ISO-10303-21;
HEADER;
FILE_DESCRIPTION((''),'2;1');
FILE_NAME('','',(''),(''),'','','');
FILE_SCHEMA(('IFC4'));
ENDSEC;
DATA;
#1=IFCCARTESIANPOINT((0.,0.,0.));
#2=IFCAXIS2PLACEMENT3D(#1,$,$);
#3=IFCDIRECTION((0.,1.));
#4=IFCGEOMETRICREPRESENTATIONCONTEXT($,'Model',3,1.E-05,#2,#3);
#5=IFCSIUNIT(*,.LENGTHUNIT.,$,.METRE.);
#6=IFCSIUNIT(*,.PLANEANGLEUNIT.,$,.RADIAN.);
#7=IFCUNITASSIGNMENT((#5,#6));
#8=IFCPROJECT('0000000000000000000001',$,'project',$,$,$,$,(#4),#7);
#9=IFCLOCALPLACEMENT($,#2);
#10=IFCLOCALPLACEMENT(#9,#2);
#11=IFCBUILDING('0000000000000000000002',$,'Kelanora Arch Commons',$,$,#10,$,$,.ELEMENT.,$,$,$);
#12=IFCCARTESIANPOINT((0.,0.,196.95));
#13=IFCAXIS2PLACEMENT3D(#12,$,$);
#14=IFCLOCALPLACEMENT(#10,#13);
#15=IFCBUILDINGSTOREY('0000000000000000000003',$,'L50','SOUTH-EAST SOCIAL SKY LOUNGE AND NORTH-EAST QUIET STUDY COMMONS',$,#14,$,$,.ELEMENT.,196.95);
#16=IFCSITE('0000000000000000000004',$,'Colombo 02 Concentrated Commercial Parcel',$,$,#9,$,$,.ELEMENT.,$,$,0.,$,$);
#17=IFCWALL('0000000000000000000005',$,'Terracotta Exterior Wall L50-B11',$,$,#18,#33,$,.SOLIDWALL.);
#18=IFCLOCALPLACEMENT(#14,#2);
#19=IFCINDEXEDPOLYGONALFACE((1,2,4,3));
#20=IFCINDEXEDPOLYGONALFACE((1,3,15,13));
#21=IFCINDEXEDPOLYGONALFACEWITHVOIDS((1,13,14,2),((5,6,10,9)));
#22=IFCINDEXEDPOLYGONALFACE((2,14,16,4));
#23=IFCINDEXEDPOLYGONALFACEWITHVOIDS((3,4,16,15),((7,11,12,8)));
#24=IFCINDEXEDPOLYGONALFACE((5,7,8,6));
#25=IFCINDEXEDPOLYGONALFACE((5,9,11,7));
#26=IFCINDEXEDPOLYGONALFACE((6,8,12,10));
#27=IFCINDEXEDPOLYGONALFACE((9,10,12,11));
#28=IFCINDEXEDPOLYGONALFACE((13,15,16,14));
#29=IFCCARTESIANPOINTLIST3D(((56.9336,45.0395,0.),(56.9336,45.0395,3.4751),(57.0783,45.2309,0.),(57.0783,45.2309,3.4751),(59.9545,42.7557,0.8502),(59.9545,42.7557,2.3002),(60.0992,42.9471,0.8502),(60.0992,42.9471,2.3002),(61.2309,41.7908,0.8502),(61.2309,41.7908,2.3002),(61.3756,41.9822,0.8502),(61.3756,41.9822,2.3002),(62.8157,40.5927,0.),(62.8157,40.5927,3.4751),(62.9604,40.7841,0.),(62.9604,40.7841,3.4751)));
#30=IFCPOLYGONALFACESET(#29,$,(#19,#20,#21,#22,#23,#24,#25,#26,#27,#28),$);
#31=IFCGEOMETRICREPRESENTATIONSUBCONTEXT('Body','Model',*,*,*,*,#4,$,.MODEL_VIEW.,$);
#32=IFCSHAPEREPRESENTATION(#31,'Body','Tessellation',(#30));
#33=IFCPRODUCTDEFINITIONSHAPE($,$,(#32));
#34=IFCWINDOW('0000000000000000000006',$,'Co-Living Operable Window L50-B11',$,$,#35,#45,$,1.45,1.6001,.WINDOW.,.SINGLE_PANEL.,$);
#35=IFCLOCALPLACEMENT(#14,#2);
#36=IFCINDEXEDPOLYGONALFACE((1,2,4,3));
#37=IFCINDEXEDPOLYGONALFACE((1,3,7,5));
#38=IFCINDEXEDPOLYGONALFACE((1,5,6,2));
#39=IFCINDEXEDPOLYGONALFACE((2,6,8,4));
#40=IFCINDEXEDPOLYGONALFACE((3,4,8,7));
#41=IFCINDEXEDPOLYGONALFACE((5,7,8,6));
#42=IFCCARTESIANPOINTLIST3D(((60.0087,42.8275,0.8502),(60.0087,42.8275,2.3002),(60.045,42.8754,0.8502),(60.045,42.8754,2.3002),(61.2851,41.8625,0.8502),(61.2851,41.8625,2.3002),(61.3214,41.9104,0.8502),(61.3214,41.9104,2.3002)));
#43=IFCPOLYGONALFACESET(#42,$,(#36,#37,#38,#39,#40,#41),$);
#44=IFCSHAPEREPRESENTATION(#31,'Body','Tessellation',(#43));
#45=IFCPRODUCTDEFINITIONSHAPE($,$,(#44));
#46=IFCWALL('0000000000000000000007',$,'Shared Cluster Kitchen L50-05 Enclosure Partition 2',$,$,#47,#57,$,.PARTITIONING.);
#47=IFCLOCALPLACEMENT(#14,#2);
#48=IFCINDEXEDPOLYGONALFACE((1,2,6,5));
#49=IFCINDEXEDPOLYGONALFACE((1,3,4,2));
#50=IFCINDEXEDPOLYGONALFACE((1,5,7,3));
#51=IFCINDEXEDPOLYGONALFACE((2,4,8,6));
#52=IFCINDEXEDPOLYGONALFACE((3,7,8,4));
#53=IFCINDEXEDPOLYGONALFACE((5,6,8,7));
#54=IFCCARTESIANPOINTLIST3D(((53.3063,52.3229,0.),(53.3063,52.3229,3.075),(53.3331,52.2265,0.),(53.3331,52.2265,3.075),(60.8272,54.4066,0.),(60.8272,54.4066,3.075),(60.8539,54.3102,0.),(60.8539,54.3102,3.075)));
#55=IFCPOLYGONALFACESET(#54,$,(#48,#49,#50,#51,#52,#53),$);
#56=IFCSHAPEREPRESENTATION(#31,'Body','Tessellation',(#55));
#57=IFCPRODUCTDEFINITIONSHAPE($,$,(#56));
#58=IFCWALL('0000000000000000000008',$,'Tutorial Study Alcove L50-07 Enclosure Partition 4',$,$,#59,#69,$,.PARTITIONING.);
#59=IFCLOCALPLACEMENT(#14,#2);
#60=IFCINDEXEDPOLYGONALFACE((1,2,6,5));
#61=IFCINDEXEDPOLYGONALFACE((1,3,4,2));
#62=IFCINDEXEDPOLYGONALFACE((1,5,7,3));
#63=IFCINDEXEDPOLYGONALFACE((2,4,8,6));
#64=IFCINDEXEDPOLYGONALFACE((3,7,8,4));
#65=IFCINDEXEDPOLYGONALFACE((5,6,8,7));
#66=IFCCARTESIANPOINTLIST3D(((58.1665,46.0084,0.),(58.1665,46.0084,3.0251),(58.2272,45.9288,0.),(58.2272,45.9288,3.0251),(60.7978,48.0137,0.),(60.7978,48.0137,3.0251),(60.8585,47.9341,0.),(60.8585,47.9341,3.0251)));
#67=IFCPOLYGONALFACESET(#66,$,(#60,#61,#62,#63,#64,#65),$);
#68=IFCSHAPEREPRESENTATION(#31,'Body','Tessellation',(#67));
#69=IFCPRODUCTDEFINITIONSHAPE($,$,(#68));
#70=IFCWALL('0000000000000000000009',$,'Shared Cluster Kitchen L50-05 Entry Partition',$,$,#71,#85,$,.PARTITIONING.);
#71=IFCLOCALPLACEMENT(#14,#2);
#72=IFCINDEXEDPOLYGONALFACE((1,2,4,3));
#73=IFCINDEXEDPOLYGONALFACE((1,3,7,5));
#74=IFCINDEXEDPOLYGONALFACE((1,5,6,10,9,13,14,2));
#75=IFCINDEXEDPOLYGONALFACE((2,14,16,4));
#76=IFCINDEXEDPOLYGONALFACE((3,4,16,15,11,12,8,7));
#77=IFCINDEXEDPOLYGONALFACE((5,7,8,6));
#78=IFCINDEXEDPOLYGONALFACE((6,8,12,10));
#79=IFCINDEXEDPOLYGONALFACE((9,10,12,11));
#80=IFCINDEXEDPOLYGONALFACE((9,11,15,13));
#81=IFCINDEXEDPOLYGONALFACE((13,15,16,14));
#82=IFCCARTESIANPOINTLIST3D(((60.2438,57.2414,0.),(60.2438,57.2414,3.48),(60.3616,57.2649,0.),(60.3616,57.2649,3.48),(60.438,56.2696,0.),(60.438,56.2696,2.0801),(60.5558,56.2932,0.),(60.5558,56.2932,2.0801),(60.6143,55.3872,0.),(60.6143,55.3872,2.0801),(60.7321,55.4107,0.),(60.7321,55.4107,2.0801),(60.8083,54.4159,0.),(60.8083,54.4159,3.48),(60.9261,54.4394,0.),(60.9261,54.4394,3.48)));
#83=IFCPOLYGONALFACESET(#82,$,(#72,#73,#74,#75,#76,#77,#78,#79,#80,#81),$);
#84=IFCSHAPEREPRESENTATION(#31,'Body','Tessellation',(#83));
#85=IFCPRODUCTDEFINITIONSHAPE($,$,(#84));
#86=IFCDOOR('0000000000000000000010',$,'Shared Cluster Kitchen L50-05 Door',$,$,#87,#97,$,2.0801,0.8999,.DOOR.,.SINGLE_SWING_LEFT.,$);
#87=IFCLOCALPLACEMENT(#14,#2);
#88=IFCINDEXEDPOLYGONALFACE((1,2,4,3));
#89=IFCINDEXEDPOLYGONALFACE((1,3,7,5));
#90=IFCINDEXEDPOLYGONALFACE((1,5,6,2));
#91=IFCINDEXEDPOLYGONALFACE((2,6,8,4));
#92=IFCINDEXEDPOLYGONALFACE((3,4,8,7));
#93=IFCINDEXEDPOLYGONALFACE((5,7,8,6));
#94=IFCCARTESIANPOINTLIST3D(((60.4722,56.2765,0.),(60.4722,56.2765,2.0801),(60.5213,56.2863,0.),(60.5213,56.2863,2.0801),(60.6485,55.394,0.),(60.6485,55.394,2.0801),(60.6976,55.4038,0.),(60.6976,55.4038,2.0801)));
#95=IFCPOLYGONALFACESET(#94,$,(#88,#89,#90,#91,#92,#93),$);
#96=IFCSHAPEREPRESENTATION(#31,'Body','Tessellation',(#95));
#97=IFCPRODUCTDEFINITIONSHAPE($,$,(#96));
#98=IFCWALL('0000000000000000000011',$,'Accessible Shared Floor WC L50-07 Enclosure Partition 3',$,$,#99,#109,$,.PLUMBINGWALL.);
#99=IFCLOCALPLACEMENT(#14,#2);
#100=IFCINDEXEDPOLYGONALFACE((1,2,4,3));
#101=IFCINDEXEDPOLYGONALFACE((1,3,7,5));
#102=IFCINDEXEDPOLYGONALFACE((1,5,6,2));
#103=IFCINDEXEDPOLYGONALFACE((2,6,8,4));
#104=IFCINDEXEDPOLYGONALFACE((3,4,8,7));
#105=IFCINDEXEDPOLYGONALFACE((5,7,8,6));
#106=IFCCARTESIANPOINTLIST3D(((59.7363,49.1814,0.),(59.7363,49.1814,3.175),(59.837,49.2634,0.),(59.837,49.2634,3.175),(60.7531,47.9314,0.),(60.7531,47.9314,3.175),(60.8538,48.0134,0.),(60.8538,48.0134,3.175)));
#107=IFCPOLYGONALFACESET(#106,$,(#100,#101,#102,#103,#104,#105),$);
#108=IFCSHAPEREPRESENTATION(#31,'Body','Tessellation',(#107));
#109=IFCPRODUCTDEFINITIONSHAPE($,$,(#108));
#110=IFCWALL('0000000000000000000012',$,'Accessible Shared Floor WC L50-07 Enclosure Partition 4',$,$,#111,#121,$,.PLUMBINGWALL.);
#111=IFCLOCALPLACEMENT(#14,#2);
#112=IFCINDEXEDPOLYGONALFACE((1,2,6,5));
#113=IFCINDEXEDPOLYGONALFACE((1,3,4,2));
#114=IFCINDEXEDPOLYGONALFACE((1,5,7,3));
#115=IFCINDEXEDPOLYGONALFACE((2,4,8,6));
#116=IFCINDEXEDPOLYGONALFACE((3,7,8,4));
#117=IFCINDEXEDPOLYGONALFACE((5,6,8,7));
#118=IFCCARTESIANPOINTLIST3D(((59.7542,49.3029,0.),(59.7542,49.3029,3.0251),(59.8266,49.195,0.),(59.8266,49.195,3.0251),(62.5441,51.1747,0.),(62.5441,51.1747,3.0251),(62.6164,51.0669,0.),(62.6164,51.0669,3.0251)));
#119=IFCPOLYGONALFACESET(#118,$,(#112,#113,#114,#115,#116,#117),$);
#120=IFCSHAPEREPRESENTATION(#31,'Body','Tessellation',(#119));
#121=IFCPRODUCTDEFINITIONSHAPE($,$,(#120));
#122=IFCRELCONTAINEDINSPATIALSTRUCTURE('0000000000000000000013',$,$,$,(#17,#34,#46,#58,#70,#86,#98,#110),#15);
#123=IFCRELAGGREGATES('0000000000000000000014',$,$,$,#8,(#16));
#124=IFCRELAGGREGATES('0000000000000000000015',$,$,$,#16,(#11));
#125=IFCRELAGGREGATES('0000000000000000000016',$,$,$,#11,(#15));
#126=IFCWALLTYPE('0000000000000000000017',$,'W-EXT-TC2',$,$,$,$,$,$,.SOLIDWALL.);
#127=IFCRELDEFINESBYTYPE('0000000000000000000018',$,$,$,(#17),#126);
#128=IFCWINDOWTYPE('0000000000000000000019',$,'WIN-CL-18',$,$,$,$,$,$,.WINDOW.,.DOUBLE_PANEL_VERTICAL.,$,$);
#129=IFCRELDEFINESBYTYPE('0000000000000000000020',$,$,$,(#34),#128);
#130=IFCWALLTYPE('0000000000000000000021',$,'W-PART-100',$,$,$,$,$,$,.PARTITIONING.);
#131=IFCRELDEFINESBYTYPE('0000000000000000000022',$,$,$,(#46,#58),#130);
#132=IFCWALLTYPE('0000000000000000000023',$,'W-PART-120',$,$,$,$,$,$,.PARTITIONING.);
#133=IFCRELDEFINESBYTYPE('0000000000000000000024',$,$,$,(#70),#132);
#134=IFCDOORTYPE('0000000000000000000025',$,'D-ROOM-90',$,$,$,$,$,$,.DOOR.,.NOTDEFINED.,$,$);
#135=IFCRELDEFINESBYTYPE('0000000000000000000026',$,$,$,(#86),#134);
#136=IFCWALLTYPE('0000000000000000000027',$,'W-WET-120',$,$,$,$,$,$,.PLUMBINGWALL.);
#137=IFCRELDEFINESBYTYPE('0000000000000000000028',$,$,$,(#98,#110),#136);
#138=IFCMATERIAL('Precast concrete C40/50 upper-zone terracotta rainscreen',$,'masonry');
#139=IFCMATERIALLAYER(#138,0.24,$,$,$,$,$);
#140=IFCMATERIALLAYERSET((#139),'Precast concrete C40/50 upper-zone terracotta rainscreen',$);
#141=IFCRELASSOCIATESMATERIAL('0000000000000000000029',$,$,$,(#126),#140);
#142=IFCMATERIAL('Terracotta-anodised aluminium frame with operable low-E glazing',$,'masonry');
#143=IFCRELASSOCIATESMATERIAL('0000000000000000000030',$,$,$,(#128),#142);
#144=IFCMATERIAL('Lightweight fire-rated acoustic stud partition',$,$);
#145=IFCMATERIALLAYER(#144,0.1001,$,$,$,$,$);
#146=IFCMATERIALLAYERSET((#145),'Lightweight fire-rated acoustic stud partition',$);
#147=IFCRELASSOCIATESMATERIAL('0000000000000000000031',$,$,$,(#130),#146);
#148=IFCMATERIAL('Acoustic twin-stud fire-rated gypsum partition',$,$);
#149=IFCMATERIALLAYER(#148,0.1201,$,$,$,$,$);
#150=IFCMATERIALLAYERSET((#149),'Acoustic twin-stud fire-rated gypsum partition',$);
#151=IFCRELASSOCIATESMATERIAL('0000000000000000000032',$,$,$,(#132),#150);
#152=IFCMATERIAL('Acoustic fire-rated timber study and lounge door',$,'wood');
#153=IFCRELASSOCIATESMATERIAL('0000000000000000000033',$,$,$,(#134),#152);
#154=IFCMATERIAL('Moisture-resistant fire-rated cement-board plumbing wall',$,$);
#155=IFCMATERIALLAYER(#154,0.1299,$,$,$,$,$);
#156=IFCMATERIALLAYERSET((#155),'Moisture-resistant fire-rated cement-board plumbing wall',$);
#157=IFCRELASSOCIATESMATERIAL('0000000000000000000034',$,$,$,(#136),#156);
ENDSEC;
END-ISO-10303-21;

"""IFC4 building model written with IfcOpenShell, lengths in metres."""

from ifc_helpers import new_model, si_unit, direction, frame, frame_2d, origin, place, context, subcontext, project, spatial, rectangle, extrude, material, layer, layer_set, type_object, element, fill, save


model = new_model("IFC4")

# Units and contexts
model_context = context("Model", 3, precision=1e-05, world=origin(), true_north=direction((0.0, 1.0)))
body_context = subcontext(model_context, "Body", "Model", "MODEL_VIEW")
ifc_project = project(units=[si_unit("LENGTHUNIT", "METRE"), si_unit("PLANEANGLEUNIT", "RADIAN")], contexts=[model_context])

# Site, building, storey
site_placement = place(None, origin())
site = spatial("IfcSite", under=ifc_project, at=site_placement, Name="Colombo 02 Concentrated Commercial Parcel", CompositionType="ELEMENT", RefElevation=0.0)
building_placement = place(site_placement, origin())
building = spatial("IfcBuilding", under=site, at=building_placement, Name="Kelanora Arch Commons", CompositionType="ELEMENT")
storey_placement = place(building_placement, frame((0.0, 0.0, 196.95)))
storey = spatial("IfcBuildingStorey", under=building, at=storey_placement, Name="L50", Description="SOUTH-EAST SOCIAL SKY LOUNGE AND NORTH-EAST QUIET STUDY COMMONS", CompositionType="ELEMENT", Elevation=196.95)

# Wall, opening, window
ifc_material_1 = material(Name="Precast concrete C40/50 upper-zone terracotta rainscreen", Category="masonry")
ifc_layer_1 = layer(ifc_material_1, 0.24)
ifc_layer_set_1 = layer_set([ifc_layer_1], Name="Precast concrete C40/50 upper-zone terracotta rainscreen")
wall_type_1 = type_object("IfcWallType", Name="W-EXT-TC2", PredefinedType="SOLIDWALL", material=ifc_layer_set_1)
wall_1_placement = place(storey_placement, frame((57.0059, 45.1353, 0.0), z_axis=(0.0, 0.0, 1.0), x_axis=(0.797702, -0.603052, 0.0)))
wall_1 = element("IfcWall", 1, at=wall_1_placement, inside=storey, type_object=wall_type_1, Name="Terracotta Exterior Wall L50-B11", PredefinedType="SOLIDWALL", context=body_context, shape_type="SweptSolid", body=[
    extrude(rectangle(XDim=7.3738, YDim=0.24, at=frame_2d((3.687, 0.0))), origin(), (0.0, 0.0, 1.0), 3.4751),
])
opening_1_placement = place(wall_1_placement, frame((3.7871, 0.0, 0.8501)))
opening_1 = element("IfcOpeningElement", 2, at=opening_1_placement, cuts=wall_1, PredefinedType="OPENING", context=body_context, shape_type="SweptSolid", body=[
    extrude(rectangle(XDim=1.6001, YDim=1.45, at=frame_2d((0.8, 0.7251))), frame((0.0, 0.1299, 0.0), z_axis=(0.0, -1.0, 0.0), x_axis=(1.0, 0.0, 0.0)), (0.0, 0.0, 1.0), 0.26),
])
ifc_material_2 = material(Name="Terracotta-anodised aluminium frame with operable low-E glazing", Category="masonry")
window_type = type_object("IfcWindowType", Name="WIN-CL-18", PartitioningType="DOUBLE_PANEL_VERTICAL", PredefinedType="WINDOW", material=ifc_material_2)
window_placement = place(opening_1_placement, origin())
window = element("IfcWindow", 3, at=window_placement, inside=storey, type_object=window_type, Name="Co-Living Operable Window L50-B11", OverallHeight=1.45, OverallWidth=1.6001, PartitioningType="SINGLE_PANEL", PredefinedType="WINDOW", context=body_context, shape_type="SweptSolid", body=[
    extrude(rectangle(XDim=1.6001, YDim=1.45, at=frame_2d((0.8, 0.7251))), frame((0.0, 0.03, 0.0), z_axis=(0.0, -1.0, 0.0), x_axis=(1.0, 0.0, 0.0)), (0.0, 0.0, 1.0), 0.0601),
])
fill(opening_1, window)

# Walls
ifc_material_3 = material(Name="Lightweight fire-rated acoustic stud partition")
ifc_layer_2 = layer(ifc_material_3, 0.1001)
ifc_layer_set_2 = layer_set([ifc_layer_2], Name="Lightweight fire-rated acoustic stud partition")
wall_type_2 = type_object("IfcWallType", Name="W-PART-100", PredefinedType="PARTITIONING", material=ifc_layer_set_2)
wall_2_placement = place(storey_placement, frame((60.8406, 54.3584, 0.0), z_axis=(0.0, 0.0, 1.0), x_axis=(-0.963697, -0.266998, 0.0)))
element("IfcWall", 4, at=wall_2_placement, inside=storey, type_object=wall_type_2, Name="Shared Cluster Kitchen L50-05 Enclosure Partition 2", PredefinedType="PARTITIONING", context=body_context, shape_type="SweptSolid", body=[
    extrude(rectangle(XDim=7.8042, YDim=0.1001, at=frame_2d((3.9021, 0.0))), origin(), (0.0, 0.0, 1.0), 3.075),
])
wall_3_placement = place(storey_placement, frame((58.1968, 45.9685, 0.0), z_axis=(0.0, 0.0, 1.0), x_axis=(0.795354, 0.606145, 0.0)))
element("IfcWall", 5, at=wall_3_placement, inside=storey, type_object=wall_type_2, Name="Tutorial Study Alcove L50-07 Enclosure Partition 4", PredefinedType="PARTITIONING", context=body_context, shape_type="SweptSolid", body=[
    extrude(rectangle(XDim=3.3083, YDim=0.1001, at=frame_2d((1.6543, 0.0))), origin(), (0.0, 0.0, 1.0), 3.0251),
])

# Wall, opening, door
ifc_material_4 = material(Name="Acoustic twin-stud fire-rated gypsum partition")
ifc_layer_3 = layer(ifc_material_4, 0.1201)
ifc_layer_set_3 = layer_set([ifc_layer_3], Name="Acoustic twin-stud fire-rated gypsum partition")
wall_type_3 = type_object("IfcWallType", Name="W-PART-120", PredefinedType="PARTITIONING", material=ifc_layer_set_3)
wall_4_placement = place(storey_placement, frame((60.3027, 57.2532, 0.0), z_axis=(0.0, 0.0, 1.0), x_axis=(0.195904, -0.980623, 0.0)))
wall_4 = element("IfcWall", 6, at=wall_4_placement, inside=storey, type_object=wall_type_3, Name="Shared Cluster Kitchen L50-05 Entry Partition", PredefinedType="PARTITIONING", context=body_context, shape_type="SweptSolid", body=[
    extrude(rectangle(XDim=2.8813, YDim=0.1201, at=frame_2d((1.4407, 0.0))), origin(), (0.0, 0.0, 1.0), 3.48),
])
opening_2_placement = place(wall_4_placement, frame((0.991, 0.0, 0.0)))
opening_2 = element("IfcOpeningElement", 7, at=opening_2_placement, cuts=wall_4, PredefinedType="OPENING", context=body_context, shape_type="SweptSolid", body=[
    extrude(rectangle(XDim=0.8999, YDim=2.0801, at=frame_2d((0.45, 1.04))), frame((0.0, 0.0701, 0.0), z_axis=(0.0, -1.0, 0.0), x_axis=(1.0, 0.0, 0.0)), (0.0, 0.0, 1.0), 0.1401),
])
ifc_material_5 = material(Name="Acoustic fire-rated timber study and lounge door", Category="wood")
door_type = type_object("IfcDoorType", Name="D-ROOM-90", OperationType="NOTDEFINED", PredefinedType="DOOR", material=ifc_material_5)
door_placement = place(opening_2_placement, origin())
door = element("IfcDoor", 8, at=door_placement, inside=storey, type_object=door_type, Name="Shared Cluster Kitchen L50-05 Door", OperationType="SINGLE_SWING_LEFT", OverallHeight=2.0801, OverallWidth=0.8999, PredefinedType="DOOR", context=body_context, shape_type="SweptSolid", body=[
    extrude(rectangle(XDim=0.8999, YDim=2.0801, at=frame_2d((0.45, 1.04))), frame((0.0, 0.0249, 0.0), z_axis=(0.0, -1.0, 0.0), x_axis=(1.0, 0.0, 0.0)), (0.0, 0.0, 1.0), 0.05),
])
fill(opening_2, door)

# Walls
ifc_material_6 = material(Name="Moisture-resistant fire-rated cement-board plumbing wall")
ifc_layer_4 = layer(ifc_material_6, 0.1299)
ifc_layer_set_4 = layer_set([ifc_layer_4], Name="Moisture-resistant fire-rated cement-board plumbing wall")
wall_type_4 = type_object("IfcWallType", Name="W-WET-120", PredefinedType="PLUMBINGWALL", material=ifc_layer_set_4)
wall_5_placement = place(storey_placement, frame((60.8035, 47.9724, 0.0), z_axis=(0.0, 0.0, 1.0), x_axis=(-0.631049, 0.775743, 0.0)))
element("IfcWall", 9, at=wall_5_placement, inside=storey, type_object=wall_type_4, Name="Accessible Shared Floor WC L50-07 Enclosure Partition 3", PredefinedType="PLUMBINGWALL", context=body_context, shape_type="SweptSolid", body=[
    extrude(rectangle(XDim=1.6113, YDim=0.1299, at=frame_2d((0.8057, 0.0))), origin(), (0.0, 0.0, 1.0), 3.175),
])
wall_6_placement = place(storey_placement, frame((59.7905, 49.249, 0.0), z_axis=(0.0, 0.0, 1.0), x_axis=(0.830403, 0.557163, 0.0)))
element("IfcWall", 10, at=wall_6_placement, inside=storey, type_object=wall_type_4, Name="Accessible Shared Floor WC L50-07 Enclosure Partition 4", PredefinedType="PLUMBINGWALL", context=body_context, shape_type="SweptSolid", body=[
    extrude(rectangle(XDim=3.3596, YDim=0.1299, at=frame_2d((1.6797, 0.0))), origin(), (0.0, 0.0, 1.0), 3.0251),
])

save(model, "model.ifc")
